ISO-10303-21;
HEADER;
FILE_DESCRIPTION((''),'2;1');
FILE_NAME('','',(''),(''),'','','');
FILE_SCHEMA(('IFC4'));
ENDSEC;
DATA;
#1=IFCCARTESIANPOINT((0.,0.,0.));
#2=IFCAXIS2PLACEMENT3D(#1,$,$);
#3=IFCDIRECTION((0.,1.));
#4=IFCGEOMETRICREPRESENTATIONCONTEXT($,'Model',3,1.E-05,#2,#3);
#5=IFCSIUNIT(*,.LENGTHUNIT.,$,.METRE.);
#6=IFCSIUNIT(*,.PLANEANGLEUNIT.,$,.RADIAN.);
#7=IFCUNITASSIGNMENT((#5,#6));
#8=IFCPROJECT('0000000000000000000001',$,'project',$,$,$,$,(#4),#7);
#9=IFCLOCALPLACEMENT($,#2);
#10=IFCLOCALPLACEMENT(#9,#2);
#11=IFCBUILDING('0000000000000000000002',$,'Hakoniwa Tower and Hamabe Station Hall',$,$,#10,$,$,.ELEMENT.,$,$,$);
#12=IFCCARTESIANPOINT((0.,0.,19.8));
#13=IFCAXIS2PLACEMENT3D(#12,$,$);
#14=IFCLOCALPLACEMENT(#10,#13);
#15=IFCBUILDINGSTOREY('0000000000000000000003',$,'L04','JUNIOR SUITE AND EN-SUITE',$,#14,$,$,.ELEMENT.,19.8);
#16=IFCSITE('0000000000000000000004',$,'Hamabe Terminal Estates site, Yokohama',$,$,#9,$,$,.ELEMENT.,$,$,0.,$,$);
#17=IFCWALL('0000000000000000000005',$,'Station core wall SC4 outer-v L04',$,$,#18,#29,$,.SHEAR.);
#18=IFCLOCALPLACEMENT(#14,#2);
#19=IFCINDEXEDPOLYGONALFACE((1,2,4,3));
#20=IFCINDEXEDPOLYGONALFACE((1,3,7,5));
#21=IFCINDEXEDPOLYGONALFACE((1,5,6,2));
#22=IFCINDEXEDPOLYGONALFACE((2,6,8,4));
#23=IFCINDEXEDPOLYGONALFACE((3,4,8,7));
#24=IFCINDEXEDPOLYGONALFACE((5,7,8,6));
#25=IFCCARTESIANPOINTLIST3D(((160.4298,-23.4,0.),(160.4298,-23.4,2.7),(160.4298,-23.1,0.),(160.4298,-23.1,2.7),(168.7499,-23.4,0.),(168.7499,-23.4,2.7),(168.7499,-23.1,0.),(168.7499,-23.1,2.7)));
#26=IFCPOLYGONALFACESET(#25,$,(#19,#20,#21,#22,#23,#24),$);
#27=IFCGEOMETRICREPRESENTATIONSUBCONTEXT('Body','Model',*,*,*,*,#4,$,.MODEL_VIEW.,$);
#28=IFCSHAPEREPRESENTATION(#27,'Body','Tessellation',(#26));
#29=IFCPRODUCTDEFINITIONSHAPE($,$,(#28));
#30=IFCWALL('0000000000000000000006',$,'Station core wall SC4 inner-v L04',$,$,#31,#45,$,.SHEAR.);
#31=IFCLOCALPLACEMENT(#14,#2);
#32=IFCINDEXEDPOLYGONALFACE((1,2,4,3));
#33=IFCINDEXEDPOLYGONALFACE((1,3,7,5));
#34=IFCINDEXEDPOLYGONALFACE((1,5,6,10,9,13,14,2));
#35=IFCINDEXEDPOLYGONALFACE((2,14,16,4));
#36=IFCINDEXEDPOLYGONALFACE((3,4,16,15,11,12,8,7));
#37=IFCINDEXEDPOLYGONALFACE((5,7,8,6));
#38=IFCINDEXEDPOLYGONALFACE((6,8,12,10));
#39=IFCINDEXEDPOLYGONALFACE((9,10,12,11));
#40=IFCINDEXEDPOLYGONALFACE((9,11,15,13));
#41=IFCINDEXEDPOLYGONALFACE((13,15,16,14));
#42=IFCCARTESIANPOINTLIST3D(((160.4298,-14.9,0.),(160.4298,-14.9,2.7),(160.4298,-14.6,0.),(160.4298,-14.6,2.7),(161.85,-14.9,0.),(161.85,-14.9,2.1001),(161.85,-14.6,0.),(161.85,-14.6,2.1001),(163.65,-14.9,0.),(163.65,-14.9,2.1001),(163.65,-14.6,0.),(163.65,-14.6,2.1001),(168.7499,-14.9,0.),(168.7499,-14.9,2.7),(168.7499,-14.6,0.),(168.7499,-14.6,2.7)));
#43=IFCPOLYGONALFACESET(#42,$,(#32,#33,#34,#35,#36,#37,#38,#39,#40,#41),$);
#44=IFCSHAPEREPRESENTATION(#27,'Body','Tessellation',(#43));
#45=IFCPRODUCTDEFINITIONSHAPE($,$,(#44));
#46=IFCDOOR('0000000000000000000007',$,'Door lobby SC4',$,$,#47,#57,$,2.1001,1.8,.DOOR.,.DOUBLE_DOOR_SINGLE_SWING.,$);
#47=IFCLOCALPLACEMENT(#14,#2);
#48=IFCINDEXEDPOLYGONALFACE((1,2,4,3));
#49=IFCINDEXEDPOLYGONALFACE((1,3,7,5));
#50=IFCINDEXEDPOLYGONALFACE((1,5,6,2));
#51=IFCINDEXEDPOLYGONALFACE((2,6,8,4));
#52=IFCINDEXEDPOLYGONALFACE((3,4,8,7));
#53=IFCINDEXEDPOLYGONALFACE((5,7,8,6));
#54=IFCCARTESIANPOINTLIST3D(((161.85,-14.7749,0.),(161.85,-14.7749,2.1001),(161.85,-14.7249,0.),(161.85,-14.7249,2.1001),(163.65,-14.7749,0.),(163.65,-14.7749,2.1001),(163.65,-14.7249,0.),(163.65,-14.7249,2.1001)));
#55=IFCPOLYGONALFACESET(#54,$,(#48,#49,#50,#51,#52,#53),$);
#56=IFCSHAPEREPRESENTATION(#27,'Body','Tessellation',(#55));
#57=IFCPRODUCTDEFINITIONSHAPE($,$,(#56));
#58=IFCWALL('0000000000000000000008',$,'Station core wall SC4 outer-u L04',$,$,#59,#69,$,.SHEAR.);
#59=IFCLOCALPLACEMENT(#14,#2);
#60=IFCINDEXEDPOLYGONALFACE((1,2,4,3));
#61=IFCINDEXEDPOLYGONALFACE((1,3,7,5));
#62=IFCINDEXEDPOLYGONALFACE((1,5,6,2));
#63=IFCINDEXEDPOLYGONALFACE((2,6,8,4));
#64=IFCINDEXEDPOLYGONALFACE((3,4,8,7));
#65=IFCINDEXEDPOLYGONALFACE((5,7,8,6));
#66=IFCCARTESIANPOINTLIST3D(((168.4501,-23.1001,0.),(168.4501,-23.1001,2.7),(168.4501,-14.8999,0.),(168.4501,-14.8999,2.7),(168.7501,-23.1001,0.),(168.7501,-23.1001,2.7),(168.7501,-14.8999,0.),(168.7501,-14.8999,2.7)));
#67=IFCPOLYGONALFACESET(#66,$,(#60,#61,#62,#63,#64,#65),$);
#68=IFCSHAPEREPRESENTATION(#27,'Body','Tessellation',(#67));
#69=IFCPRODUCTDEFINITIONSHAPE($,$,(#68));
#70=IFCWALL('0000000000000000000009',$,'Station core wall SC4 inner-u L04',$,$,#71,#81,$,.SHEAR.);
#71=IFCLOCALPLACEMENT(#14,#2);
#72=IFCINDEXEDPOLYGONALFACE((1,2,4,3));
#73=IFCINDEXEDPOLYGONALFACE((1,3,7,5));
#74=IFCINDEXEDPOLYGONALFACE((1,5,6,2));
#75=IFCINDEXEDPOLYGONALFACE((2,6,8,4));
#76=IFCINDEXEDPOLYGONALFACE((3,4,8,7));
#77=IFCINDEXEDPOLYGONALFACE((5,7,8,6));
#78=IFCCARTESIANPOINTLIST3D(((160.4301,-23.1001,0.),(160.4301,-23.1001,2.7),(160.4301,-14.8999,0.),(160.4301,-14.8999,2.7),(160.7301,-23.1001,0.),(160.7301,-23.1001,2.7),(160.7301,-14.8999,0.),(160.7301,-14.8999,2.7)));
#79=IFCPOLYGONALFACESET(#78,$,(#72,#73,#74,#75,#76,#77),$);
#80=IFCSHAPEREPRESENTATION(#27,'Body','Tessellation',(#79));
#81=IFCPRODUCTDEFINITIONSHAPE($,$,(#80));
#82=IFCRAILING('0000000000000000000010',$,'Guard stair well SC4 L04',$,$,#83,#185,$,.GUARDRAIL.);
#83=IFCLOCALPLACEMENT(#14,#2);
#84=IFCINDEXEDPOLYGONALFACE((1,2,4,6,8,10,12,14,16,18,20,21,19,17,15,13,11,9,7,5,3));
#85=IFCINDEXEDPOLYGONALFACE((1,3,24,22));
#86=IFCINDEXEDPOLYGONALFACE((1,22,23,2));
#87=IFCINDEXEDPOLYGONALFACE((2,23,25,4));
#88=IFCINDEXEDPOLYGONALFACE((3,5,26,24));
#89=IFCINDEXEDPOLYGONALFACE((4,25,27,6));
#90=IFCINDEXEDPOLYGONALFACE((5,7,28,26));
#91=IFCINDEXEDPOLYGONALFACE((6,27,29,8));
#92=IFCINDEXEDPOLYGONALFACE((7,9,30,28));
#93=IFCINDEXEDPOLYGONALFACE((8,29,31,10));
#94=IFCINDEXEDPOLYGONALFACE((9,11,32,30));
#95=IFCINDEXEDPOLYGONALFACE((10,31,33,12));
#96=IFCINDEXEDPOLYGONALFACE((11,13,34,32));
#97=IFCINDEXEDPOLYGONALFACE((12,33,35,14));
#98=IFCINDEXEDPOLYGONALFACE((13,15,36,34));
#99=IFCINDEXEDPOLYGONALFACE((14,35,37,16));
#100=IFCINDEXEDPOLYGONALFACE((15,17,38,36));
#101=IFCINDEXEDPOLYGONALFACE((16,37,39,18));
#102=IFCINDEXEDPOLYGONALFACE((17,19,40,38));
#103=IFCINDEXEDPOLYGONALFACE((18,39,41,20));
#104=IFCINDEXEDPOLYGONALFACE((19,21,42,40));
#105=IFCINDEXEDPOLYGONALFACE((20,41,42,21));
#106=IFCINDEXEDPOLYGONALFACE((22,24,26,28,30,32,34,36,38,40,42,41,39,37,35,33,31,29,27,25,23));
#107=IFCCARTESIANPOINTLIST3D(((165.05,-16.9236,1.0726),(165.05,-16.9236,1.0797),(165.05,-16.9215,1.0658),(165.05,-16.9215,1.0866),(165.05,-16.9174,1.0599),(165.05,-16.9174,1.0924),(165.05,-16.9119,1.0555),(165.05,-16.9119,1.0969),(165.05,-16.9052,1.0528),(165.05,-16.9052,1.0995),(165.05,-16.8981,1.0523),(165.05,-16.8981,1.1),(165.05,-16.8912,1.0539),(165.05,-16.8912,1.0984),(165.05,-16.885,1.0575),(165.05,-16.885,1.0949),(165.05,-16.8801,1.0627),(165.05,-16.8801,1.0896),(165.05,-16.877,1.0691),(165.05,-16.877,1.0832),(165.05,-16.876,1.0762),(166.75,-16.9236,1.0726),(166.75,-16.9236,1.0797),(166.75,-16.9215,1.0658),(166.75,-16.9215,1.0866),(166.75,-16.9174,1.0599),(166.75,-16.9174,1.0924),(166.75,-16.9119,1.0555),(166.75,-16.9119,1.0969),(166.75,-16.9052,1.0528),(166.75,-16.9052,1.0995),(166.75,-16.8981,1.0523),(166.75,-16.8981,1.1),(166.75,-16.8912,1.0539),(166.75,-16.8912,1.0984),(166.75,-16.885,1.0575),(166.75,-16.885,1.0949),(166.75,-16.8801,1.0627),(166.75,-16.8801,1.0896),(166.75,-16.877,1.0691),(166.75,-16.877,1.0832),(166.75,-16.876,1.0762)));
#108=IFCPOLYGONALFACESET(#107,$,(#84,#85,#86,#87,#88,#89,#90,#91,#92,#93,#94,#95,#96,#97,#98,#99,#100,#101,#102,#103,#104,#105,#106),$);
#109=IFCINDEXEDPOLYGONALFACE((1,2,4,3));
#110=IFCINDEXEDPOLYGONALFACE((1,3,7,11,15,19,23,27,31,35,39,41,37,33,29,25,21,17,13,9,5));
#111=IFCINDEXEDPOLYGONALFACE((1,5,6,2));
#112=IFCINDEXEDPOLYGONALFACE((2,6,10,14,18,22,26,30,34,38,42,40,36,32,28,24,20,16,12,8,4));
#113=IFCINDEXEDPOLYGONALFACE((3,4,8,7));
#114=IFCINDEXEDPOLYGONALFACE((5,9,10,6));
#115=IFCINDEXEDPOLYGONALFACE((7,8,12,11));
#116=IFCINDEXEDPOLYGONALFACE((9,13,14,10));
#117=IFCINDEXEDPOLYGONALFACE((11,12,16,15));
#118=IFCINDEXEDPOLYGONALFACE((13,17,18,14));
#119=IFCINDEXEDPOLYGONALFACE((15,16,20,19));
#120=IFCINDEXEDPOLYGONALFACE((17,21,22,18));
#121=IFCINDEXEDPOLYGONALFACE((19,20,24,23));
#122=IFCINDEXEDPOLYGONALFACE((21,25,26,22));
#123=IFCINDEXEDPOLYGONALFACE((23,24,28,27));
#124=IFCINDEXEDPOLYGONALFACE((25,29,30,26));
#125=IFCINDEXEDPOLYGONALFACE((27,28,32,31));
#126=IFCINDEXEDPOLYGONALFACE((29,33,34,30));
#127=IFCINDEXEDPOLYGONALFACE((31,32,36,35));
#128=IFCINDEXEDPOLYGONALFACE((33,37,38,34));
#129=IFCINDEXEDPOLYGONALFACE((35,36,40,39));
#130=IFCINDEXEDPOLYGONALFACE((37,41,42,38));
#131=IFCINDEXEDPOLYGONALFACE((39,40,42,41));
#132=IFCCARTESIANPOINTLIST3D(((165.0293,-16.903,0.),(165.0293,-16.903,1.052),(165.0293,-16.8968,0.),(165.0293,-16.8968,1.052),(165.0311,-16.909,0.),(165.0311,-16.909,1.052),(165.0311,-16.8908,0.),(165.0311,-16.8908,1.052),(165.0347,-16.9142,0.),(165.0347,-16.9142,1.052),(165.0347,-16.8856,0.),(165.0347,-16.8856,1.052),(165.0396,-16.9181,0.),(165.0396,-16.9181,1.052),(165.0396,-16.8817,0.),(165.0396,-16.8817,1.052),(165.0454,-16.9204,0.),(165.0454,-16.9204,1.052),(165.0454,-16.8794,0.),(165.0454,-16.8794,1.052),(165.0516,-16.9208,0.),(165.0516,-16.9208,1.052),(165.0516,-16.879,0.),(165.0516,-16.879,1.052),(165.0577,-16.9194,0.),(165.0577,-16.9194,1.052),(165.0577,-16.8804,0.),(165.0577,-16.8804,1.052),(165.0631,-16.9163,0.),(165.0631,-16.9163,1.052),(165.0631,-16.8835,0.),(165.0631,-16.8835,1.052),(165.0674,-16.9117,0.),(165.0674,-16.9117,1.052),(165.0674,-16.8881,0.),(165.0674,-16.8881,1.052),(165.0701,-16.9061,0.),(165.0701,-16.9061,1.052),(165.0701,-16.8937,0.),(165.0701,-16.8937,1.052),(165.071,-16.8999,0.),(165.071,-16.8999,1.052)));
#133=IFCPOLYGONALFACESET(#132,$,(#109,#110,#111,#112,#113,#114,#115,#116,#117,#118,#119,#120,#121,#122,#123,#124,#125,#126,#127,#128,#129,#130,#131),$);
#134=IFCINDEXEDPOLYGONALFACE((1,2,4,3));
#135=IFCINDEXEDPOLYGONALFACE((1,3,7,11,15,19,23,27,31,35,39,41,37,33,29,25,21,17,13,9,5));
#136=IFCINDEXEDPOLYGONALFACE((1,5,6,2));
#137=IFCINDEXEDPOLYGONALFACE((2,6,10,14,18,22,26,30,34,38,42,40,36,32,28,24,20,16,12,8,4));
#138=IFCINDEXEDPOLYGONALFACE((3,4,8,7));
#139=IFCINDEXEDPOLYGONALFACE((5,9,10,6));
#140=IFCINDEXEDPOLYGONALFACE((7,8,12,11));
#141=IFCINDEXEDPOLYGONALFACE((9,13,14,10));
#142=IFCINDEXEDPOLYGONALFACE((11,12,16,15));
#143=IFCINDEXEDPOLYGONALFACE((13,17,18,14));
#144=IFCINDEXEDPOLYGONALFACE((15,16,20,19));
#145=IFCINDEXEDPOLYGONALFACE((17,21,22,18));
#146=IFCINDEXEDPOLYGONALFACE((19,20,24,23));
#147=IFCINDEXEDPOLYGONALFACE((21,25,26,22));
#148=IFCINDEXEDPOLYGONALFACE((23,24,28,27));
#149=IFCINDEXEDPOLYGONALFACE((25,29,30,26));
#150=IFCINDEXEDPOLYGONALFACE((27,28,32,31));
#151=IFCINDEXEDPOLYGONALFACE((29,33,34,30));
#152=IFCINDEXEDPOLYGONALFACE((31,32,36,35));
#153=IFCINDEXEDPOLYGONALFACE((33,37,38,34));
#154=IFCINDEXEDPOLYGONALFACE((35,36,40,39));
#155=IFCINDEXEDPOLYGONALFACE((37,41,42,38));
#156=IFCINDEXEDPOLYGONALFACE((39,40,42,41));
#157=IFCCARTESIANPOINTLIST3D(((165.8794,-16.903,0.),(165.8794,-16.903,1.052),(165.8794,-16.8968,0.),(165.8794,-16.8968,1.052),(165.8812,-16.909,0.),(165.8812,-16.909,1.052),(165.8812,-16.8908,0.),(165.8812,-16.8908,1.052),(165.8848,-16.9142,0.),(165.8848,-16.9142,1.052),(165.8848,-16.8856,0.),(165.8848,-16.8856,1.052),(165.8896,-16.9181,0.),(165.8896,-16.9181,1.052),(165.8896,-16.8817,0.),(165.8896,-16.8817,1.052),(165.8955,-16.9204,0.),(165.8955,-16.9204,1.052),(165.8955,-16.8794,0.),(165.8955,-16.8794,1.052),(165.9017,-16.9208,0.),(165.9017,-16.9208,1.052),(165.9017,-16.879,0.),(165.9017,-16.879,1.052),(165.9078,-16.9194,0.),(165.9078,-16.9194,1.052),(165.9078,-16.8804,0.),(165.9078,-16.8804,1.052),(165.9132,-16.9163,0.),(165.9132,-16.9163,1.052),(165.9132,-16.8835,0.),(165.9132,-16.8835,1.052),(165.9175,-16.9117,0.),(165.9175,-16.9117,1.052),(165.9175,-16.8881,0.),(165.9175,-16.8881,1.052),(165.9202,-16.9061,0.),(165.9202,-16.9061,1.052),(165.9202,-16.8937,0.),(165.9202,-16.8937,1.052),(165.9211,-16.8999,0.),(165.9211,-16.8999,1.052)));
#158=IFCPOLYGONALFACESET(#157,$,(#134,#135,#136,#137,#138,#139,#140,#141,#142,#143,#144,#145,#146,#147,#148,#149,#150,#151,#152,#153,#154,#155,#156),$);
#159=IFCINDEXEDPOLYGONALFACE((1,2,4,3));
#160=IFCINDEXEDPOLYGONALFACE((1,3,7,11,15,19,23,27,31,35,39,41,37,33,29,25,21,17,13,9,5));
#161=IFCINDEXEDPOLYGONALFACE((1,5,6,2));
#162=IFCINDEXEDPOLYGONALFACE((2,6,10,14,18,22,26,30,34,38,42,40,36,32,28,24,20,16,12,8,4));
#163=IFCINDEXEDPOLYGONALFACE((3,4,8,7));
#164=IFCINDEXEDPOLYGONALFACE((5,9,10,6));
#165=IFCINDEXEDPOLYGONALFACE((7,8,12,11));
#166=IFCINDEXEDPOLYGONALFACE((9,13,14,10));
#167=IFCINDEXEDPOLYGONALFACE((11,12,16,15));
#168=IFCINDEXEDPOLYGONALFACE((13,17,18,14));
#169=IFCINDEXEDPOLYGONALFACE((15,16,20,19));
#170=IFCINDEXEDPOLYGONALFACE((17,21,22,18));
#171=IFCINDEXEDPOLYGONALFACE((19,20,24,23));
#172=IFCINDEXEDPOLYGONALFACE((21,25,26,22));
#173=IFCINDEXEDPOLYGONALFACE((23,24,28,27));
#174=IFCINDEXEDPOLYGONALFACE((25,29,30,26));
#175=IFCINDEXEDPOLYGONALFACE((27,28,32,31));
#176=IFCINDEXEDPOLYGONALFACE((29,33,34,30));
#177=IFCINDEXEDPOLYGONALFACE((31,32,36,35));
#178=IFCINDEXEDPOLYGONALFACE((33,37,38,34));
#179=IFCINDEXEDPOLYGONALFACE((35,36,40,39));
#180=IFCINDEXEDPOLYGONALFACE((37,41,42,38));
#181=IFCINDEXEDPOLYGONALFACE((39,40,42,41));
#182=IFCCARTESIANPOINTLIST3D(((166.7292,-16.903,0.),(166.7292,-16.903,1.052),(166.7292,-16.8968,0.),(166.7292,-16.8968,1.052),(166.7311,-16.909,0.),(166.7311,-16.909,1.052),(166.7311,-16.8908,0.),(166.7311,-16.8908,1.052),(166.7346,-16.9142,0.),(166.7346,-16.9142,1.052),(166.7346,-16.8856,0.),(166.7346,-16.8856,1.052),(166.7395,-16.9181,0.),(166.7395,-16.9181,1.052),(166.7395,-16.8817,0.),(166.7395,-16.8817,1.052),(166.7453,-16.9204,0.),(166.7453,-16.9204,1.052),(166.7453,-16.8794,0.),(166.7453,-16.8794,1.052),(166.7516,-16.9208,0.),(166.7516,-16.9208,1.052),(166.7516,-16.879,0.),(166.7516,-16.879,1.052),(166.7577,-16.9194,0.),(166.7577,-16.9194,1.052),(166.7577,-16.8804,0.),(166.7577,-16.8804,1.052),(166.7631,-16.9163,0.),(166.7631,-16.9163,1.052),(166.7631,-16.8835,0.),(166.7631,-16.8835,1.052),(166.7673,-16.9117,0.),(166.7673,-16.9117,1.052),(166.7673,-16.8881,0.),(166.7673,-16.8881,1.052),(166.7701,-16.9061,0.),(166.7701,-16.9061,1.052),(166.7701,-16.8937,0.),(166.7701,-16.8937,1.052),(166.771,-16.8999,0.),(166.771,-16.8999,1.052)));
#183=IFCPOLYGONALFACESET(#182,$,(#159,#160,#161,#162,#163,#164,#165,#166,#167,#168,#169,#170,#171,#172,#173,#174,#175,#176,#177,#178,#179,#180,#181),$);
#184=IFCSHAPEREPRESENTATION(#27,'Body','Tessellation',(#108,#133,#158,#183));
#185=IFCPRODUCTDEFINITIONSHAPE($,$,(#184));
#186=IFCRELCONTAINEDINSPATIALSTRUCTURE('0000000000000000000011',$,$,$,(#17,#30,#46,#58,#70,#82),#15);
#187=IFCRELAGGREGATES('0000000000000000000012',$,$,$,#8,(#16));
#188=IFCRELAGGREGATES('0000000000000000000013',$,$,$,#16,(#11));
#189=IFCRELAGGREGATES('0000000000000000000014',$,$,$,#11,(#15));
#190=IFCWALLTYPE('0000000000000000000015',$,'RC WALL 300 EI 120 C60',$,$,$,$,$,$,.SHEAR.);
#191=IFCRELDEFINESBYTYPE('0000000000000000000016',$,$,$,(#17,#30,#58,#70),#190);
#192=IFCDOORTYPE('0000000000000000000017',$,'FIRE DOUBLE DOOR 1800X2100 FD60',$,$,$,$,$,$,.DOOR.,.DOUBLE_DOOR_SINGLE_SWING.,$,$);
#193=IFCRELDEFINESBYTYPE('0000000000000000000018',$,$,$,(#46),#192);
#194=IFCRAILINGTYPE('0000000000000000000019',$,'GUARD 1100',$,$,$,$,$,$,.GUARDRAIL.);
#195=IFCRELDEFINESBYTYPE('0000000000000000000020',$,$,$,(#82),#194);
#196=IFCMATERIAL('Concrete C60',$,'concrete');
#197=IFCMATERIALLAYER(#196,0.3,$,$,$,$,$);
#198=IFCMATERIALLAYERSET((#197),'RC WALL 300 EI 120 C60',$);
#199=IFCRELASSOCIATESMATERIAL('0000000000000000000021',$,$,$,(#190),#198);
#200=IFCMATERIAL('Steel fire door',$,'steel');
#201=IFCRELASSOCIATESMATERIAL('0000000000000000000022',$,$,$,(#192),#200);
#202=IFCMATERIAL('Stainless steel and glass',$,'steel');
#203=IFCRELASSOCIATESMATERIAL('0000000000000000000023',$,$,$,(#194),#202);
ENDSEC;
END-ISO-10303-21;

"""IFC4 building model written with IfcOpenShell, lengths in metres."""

from ifc_helpers import new_model, si_unit, direction, frame, frame_2d, origin, origin_2d, place, context, subcontext, project, spatial, rectangle, circle, extrude, material, layer, layer_set, type_object, element, fill, save


model = new_model("IFC4")

# Units and contexts
model_context = context("Model", 3, precision=1e-05, world=origin(), true_north=direction((0.0, 1.0)))
body_context = subcontext(model_context, "Body", "Model", "MODEL_VIEW")
ifc_project = project(units=[si_unit("LENGTHUNIT", "METRE"), si_unit("PLANEANGLEUNIT", "RADIAN")], contexts=[model_context])

# Site, building, storey
site_placement = place(None, origin())
site = spatial("IfcSite", under=ifc_project, at=site_placement, Name="Hamabe Terminal Estates site, Yokohama", CompositionType="ELEMENT", RefElevation=0.0)
building_placement = place(site_placement, origin())
building = spatial("IfcBuilding", under=site, at=building_placement, Name="Hakoniwa Tower and Hamabe Station Hall", CompositionType="ELEMENT")
storey_placement = place(building_placement, frame((0.0, 0.0, 19.8)))
storey = spatial("IfcBuildingStorey", under=building, at=storey_placement, Name="L04", Description="JUNIOR SUITE AND EN-SUITE", CompositionType="ELEMENT", Elevation=19.8)

# Wall
ifc_material_1 = material(Name="Concrete C60", Category="concrete")
ifc_layer_1 = layer(ifc_material_1, 0.3)
ifc_layer_set_1 = layer_set([ifc_layer_1], Name="RC WALL 300 EI 120 C60")
wall_type_1 = type_object("IfcWallType", Name="RC WALL 300 EI 120 C60", PredefinedType="SHEAR", material=ifc_layer_set_1)
wall_1_placement = place(storey_placement, frame((168.75, -23.25, 0.0), z_axis=(0.0, 0.0, 1.0), x_axis=(-1.0, 0.0, 0.0)))
element("IfcWall", 1, at=wall_1_placement, inside=storey, type_object=wall_type_1, Name="Station core wall SC4 outer-v L04", PredefinedType="SHEAR", context=body_context, shape_type="SweptSolid", body=[
    extrude(rectangle(XDim=8.3201, YDim=0.3, at=frame_2d((4.1602, 0.0))), origin(), (0.0, 0.0, 1.0), 2.7),
])

# Wall, opening, door
wall_2_placement = place(storey_placement, frame((168.75, -14.75, 0.0), z_axis=(0.0, 0.0, 1.0), x_axis=(-1.0, 0.0, 0.0)))
wall_2 = element("IfcWall", 2, at=wall_2_placement, inside=storey, type_object=wall_type_1, Name="Station core wall SC4 inner-v L04", PredefinedType="SHEAR", context=body_context, shape_type="SweptSolid", body=[
    extrude(rectangle(XDim=8.3201, YDim=0.3, at=frame_2d((4.1602, 0.0))), origin(), (0.0, 0.0, 1.0), 2.7),
])
opening_1_placement = place(wall_2_placement, frame((5.1001, 0.0, 0.0)))
opening_1 = element("IfcOpeningElement", 3, at=opening_1_placement, cuts=wall_2, PredefinedType="OPENING", context=body_context, shape_type="SweptSolid", body=[
    extrude(rectangle(XDim=1.8, YDim=2.1001, at=frame_2d((0.8999, 1.05))), frame((0.0, 0.1599, 0.0), z_axis=(0.0, -1.0, 0.0), x_axis=(1.0, 0.0, 0.0)), (0.0, 0.0, 1.0), 0.3201),
])
ifc_material_2 = material(Name="Steel fire door", Category="steel")
door_type_1 = type_object("IfcDoorType", Name="FIRE DOUBLE DOOR 1800X2100 FD60", OperationType="DOUBLE_DOOR_SINGLE_SWING", PredefinedType="DOOR", material=ifc_material_2)
door_1_placement = place(opening_1_placement, origin())
door_1 = element("IfcDoor", 4, at=door_1_placement, inside=storey, type_object=door_type_1, Name="Door lobby SC4", OperationType="DOUBLE_DOOR_SINGLE_SWING", OverallHeight=2.1001, OverallWidth=1.8, PredefinedType="DOOR", context=body_context, shape_type="SweptSolid", body=[
    extrude(rectangle(XDim=1.8, YDim=2.1001, at=frame_2d((0.8999, 1.05))), frame((0.0, 0.0249, 0.0), z_axis=(0.0, -1.0, 0.0), x_axis=(1.0, 0.0, 0.0)), (0.0, 0.0, 1.0), 0.05),
])
fill(opening_1, door_1)

# Walls
for number, where, z_axis, x_axis, name in (
    (5, (168.6001, -23.1001, 0.0), (0.0, 0.0, 1.0), (0.0, 1.0, 0.0), "Station core wall SC4 outer-u L04"),
    (6, (160.5801, -23.1001, 0.0), (0.0, 0.0, 1.0), (0.0, 1.0, 0.0), "Station core wall SC4 inner-u L04"),
):
    element("IfcWall", number, at=place(storey_placement, frame(where, z_axis=z_axis, x_axis=x_axis)), inside=storey, type_object=wall_type_1, Name=name, PredefinedType="SHEAR", context=body_context, shape_type="SweptSolid", body=[
        extrude(rectangle(XDim=8.2002, YDim=0.3, at=frame_2d((4.1001, 0.0))), origin(), (0.0, 0.0, 1.0), 2.7),
    ])

# Railing
ifc_material_3 = material(Name="Stainless steel and glass", Category="steel")
railing_type = type_object("IfcRailingType", Name="GUARD 1100", PredefinedType="GUARDRAIL", material=ifc_material_3)
railing_placement = place(storey_placement, frame((165.05, -16.8999, 0.0)))
element("IfcRailing", 7, at=railing_placement, inside=storey, type_object=railing_type, Name="Guard stair well SC4 L04", PredefinedType="GUARDRAIL", context=body_context, shape_type="SweptSolid", body=[
    extrude(circle(Radius=0.0239, at=origin_2d()), frame((0.0, 0.0, 1.0762), z_axis=(1.0, 0.0, 0.0), x_axis=(0.0, 1.0, 0.0)), (0.0, 0.0, 1.0), 1.7),
    extrude(circle(Radius=0.021, at=origin_2d()), origin(), (0.0, 0.0, 1.0), 1.052),
    extrude(circle(Radius=0.021, at=origin_2d()), frame((0.8501, 0.0, 0.0)), (0.0, 0.0, 1.0), 1.052),
    extrude(circle(Radius=0.021, at=origin_2d()), frame((1.7, 0.0, 0.0)), (0.0, 0.0, 1.0), 1.052),
])

save(model, "model.ifc")
